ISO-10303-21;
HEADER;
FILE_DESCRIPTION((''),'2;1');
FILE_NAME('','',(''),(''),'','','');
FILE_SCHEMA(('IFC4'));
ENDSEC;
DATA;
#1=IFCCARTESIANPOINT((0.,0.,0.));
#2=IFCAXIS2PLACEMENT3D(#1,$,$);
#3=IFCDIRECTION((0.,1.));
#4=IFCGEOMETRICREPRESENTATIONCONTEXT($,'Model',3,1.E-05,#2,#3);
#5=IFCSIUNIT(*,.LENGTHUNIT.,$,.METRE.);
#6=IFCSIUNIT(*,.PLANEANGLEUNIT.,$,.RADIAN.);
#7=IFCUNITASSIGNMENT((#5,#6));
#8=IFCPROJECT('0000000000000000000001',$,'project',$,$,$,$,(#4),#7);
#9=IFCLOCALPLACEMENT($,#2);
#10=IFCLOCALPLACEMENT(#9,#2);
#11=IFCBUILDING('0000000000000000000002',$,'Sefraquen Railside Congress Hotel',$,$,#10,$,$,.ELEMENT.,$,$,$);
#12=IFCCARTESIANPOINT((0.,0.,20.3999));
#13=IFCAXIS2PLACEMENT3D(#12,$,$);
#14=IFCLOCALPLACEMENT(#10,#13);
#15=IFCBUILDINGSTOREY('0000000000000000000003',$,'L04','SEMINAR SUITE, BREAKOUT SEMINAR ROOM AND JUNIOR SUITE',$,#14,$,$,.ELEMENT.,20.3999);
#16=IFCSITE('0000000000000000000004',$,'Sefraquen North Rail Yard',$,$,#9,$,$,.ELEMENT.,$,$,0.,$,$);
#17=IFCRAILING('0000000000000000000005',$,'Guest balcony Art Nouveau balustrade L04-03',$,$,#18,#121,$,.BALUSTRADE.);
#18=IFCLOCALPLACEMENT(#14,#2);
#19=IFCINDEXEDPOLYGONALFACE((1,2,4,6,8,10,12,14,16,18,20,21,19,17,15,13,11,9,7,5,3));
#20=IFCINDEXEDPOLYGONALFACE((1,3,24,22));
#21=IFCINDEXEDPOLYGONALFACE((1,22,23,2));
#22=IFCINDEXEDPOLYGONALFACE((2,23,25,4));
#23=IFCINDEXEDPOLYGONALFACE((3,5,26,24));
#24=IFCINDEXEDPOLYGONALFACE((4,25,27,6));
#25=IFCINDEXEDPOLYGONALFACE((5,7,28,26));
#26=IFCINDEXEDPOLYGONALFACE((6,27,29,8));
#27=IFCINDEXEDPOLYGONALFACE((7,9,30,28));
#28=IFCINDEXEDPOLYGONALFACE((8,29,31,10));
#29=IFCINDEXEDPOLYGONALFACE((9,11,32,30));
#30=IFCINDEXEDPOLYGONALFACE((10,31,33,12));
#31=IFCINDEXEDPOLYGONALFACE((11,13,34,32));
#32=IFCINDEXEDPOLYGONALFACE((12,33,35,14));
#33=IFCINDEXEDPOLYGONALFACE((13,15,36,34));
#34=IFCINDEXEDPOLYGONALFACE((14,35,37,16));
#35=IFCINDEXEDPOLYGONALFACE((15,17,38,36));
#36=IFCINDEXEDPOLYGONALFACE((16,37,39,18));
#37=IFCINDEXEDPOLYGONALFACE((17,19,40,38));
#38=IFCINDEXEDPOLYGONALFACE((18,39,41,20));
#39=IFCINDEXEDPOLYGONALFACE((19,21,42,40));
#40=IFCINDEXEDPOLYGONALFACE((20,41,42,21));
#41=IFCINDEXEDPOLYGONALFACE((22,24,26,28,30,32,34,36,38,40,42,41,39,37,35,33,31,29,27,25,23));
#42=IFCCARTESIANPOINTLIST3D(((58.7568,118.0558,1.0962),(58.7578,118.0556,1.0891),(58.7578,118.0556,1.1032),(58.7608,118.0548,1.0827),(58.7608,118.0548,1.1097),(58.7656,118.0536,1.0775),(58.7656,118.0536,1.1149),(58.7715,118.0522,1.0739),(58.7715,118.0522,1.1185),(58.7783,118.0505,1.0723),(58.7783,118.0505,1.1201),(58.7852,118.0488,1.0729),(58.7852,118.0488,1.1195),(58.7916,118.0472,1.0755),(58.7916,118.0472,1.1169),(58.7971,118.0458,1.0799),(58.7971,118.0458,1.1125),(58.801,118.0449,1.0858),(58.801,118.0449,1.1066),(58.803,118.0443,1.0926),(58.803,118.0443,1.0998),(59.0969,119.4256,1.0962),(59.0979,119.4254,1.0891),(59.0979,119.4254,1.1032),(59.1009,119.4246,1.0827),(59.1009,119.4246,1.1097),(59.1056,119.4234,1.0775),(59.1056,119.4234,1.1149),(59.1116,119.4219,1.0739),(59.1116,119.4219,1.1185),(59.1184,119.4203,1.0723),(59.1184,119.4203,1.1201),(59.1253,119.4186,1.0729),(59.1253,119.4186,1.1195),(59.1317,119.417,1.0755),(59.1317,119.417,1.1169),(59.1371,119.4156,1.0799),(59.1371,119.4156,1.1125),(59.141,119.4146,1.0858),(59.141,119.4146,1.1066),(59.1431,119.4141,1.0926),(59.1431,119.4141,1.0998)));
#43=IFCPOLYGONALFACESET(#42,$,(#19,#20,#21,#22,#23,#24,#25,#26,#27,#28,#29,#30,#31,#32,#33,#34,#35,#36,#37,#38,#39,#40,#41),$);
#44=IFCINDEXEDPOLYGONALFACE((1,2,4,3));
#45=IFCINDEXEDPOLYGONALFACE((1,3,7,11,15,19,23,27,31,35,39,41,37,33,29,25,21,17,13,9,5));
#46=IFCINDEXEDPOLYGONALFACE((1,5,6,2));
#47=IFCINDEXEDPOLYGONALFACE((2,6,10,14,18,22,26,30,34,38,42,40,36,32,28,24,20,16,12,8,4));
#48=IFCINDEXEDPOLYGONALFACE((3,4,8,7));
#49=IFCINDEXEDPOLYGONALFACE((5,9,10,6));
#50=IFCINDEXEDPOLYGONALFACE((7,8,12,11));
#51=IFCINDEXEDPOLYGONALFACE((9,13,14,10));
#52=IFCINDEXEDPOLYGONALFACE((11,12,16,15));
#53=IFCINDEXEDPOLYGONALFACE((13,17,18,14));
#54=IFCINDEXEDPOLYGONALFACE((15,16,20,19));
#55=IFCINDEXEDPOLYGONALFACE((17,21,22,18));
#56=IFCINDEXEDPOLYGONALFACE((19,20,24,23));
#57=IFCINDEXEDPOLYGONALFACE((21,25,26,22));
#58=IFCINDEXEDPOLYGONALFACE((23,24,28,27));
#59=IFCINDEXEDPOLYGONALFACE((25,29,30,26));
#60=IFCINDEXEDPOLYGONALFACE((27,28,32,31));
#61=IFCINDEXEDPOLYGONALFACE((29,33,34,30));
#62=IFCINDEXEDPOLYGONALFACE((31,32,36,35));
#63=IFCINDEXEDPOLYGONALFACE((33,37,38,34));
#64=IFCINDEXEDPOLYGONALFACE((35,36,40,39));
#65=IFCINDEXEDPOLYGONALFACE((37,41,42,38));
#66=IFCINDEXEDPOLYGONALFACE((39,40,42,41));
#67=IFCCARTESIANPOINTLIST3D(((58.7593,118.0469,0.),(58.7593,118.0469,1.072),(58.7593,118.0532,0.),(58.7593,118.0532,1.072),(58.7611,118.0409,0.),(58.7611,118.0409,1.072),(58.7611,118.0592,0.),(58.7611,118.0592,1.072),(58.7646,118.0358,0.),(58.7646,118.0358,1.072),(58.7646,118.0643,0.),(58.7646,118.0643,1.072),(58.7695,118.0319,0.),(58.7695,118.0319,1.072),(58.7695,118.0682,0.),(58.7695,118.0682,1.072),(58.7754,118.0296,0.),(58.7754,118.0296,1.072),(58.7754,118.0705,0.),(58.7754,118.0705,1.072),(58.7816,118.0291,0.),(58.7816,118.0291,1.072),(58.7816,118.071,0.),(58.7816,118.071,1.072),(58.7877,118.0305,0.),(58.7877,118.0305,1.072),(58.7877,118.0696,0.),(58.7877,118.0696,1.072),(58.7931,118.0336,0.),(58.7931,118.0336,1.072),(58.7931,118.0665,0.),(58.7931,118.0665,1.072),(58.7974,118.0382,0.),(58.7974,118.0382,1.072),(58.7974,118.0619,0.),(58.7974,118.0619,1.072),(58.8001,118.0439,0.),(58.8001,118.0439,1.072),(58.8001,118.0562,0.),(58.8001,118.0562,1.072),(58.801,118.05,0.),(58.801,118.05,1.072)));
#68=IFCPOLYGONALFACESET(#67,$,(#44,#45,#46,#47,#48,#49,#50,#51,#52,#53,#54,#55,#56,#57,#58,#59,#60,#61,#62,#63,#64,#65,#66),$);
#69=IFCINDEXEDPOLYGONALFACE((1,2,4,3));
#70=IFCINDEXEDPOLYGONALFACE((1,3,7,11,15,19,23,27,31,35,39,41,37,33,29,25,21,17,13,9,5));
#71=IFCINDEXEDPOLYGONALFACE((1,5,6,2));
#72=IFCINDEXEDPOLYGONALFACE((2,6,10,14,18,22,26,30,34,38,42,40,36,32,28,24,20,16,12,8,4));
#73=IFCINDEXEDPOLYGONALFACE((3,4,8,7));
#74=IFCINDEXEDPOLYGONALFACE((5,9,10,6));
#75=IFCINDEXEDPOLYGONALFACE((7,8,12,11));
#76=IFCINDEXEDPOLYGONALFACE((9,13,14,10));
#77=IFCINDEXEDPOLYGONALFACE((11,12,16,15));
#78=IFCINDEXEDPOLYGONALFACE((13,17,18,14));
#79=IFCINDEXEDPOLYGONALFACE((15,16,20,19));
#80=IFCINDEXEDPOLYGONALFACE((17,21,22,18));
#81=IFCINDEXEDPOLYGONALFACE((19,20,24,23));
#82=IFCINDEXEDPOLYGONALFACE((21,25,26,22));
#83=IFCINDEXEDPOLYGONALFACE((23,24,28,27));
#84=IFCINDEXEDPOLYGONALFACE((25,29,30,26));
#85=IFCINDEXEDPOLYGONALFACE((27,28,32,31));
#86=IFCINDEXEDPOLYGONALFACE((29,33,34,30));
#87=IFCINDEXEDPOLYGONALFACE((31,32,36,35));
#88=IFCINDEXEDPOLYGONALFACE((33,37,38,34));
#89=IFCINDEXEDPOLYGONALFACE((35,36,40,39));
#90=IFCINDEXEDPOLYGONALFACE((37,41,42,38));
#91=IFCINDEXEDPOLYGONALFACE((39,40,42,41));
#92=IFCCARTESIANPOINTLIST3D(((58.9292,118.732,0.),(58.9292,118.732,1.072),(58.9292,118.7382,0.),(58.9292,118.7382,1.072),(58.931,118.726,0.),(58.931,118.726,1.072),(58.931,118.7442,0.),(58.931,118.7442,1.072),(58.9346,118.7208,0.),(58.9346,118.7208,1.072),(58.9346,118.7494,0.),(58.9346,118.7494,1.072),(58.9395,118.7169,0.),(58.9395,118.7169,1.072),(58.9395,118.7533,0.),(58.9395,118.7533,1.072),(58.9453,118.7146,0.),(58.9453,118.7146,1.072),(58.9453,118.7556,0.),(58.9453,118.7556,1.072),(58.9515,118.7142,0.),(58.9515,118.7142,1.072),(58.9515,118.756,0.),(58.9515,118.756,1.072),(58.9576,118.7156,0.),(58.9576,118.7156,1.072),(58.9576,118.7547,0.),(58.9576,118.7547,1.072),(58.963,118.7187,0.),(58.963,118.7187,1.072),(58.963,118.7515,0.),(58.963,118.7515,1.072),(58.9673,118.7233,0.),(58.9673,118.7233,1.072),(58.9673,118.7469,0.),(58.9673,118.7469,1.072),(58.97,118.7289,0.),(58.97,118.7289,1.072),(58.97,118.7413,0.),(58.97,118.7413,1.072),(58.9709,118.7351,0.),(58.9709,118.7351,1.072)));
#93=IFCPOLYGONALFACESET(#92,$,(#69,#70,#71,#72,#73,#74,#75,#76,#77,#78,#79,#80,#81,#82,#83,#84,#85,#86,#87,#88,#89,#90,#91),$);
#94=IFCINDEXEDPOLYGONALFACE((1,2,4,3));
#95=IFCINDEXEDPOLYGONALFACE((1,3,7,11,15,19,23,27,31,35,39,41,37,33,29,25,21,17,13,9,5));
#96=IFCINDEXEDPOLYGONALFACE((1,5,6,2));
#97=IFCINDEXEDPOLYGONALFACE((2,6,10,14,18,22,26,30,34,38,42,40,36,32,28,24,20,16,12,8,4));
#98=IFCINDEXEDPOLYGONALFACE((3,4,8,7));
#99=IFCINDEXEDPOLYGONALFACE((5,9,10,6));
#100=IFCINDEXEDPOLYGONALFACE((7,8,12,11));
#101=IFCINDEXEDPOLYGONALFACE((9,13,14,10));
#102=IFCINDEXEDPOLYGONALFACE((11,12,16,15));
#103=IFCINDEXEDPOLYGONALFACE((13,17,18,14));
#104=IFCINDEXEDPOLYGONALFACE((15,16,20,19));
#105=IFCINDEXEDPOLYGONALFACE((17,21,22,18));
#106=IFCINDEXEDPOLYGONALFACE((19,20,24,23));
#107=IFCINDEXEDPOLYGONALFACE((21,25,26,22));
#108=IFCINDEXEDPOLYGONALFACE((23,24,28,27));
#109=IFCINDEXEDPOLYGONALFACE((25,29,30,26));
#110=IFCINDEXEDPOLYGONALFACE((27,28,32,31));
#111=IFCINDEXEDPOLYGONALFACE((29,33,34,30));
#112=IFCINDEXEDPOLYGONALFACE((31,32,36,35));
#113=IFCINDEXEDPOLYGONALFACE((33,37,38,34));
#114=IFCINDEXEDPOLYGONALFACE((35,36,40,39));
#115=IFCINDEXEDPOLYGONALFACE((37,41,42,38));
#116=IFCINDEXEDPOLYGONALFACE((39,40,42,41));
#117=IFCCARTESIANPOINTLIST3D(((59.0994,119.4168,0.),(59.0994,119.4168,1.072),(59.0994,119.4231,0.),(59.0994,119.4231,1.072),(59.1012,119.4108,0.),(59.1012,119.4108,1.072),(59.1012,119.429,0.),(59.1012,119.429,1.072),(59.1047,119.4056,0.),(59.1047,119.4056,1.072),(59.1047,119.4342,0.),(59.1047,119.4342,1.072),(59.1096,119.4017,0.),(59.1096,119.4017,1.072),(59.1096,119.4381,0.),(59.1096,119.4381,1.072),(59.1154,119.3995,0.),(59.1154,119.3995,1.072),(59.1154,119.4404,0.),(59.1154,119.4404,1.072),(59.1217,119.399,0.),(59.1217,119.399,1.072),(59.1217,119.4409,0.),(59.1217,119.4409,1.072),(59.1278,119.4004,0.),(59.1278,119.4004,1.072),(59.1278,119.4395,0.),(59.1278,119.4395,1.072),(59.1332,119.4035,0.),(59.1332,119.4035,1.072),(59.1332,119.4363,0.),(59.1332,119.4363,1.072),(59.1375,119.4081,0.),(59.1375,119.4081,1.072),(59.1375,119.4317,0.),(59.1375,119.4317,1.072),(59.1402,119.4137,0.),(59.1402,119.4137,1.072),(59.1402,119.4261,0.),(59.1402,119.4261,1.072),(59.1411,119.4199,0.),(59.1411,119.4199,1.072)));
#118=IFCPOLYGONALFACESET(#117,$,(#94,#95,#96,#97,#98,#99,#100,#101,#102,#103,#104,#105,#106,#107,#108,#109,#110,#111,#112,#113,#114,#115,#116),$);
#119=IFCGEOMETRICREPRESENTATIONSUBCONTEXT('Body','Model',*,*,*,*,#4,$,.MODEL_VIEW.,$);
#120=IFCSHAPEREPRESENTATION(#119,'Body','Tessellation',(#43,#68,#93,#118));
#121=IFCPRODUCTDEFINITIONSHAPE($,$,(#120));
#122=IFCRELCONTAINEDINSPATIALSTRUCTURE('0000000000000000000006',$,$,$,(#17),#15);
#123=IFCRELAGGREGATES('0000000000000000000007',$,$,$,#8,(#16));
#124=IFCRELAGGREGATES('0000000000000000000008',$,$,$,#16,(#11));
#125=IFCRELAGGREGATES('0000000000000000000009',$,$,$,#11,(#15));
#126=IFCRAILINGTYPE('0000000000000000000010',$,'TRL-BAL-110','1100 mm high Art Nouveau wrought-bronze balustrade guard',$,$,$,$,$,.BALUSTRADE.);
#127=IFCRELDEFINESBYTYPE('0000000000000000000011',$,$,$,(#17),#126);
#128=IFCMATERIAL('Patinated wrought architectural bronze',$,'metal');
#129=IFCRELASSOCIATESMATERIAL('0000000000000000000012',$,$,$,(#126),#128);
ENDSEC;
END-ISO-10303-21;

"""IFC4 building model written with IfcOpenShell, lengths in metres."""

from ifc_helpers import new_model, si_unit, direction, frame, origin, origin_2d, place, context, subcontext, project, spatial, circle, extrude, material, type_object, element, save


model = new_model("IFC4")

# Units and contexts
model_context = context("Model", 3, precision=1e-05, world=origin(), true_north=direction((0.0, 1.0)))
body_context = subcontext(model_context, "Body", "Model", "MODEL_VIEW")
ifc_project = project(units=[si_unit("LENGTHUNIT", "METRE"), si_unit("PLANEANGLEUNIT", "RADIAN")], contexts=[model_context])

# Site, building, storey
site_placement = place(None, origin())
site = spatial("IfcSite", under=ifc_project, at=site_placement, Name="Sefraquen North Rail Yard", CompositionType="ELEMENT", RefElevation=0.0)
building_placement = place(site_placement, origin())
building = spatial("IfcBuilding", under=site, at=building_placement, Name="Sefraquen Railside Congress Hotel", CompositionType="ELEMENT")
storey_placement = place(building_placement, frame((0.0, 0.0, 20.3999)))
storey = spatial("IfcBuildingStorey", under=building, at=storey_placement, Name="L04", Description="SEMINAR SUITE, BREAKOUT SEMINAR ROOM AND JUNIOR SUITE", CompositionType="ELEMENT", Elevation=20.3999)

# Railing
ifc_material_1 = material(Name="Patinated wrought architectural bronze", Category="metal")
railing_type_1 = type_object("IfcRailingType", Name="TRL-BAL-110", Description="1100 mm high Art Nouveau wrought-bronze balustrade guard", PredefinedType="BALUSTRADE", material=ifc_material_1)
railing_1_placement = place(storey_placement, frame((58.78, 118.05, 0.0)))
element("IfcRailing", 1, at=railing_1_placement, inside=storey, type_object=railing_type_1, Name="Guest balcony Art Nouveau balustrade L04-03", PredefinedType="BALUSTRADE", context=body_context, shape_type="SweptSolid", body=[
    extrude(circle(Radius=0.0239, at=origin_2d()), frame((0.0, 0.0, 1.0962), z_axis=(0.240948, 0.970538, 0.0), x_axis=(-0.970538, 0.240948, 0.0)), (0.0, 0.0, 1.0), 1.4114),
    extrude(circle(Radius=0.021, at=origin_2d()), origin(), (0.0, 0.0, 1.0), 1.072),
    extrude(circle(Radius=0.021, at=origin_2d()), frame((0.1699, 0.6851, 0.0)), (0.0, 0.0, 1.0), 1.072),
    extrude(circle(Radius=0.021, at=origin_2d()), frame((0.3401, 1.3699, 0.0)), (0.0, 0.0, 1.0), 1.072),
])

save(model, "model.ifc")
